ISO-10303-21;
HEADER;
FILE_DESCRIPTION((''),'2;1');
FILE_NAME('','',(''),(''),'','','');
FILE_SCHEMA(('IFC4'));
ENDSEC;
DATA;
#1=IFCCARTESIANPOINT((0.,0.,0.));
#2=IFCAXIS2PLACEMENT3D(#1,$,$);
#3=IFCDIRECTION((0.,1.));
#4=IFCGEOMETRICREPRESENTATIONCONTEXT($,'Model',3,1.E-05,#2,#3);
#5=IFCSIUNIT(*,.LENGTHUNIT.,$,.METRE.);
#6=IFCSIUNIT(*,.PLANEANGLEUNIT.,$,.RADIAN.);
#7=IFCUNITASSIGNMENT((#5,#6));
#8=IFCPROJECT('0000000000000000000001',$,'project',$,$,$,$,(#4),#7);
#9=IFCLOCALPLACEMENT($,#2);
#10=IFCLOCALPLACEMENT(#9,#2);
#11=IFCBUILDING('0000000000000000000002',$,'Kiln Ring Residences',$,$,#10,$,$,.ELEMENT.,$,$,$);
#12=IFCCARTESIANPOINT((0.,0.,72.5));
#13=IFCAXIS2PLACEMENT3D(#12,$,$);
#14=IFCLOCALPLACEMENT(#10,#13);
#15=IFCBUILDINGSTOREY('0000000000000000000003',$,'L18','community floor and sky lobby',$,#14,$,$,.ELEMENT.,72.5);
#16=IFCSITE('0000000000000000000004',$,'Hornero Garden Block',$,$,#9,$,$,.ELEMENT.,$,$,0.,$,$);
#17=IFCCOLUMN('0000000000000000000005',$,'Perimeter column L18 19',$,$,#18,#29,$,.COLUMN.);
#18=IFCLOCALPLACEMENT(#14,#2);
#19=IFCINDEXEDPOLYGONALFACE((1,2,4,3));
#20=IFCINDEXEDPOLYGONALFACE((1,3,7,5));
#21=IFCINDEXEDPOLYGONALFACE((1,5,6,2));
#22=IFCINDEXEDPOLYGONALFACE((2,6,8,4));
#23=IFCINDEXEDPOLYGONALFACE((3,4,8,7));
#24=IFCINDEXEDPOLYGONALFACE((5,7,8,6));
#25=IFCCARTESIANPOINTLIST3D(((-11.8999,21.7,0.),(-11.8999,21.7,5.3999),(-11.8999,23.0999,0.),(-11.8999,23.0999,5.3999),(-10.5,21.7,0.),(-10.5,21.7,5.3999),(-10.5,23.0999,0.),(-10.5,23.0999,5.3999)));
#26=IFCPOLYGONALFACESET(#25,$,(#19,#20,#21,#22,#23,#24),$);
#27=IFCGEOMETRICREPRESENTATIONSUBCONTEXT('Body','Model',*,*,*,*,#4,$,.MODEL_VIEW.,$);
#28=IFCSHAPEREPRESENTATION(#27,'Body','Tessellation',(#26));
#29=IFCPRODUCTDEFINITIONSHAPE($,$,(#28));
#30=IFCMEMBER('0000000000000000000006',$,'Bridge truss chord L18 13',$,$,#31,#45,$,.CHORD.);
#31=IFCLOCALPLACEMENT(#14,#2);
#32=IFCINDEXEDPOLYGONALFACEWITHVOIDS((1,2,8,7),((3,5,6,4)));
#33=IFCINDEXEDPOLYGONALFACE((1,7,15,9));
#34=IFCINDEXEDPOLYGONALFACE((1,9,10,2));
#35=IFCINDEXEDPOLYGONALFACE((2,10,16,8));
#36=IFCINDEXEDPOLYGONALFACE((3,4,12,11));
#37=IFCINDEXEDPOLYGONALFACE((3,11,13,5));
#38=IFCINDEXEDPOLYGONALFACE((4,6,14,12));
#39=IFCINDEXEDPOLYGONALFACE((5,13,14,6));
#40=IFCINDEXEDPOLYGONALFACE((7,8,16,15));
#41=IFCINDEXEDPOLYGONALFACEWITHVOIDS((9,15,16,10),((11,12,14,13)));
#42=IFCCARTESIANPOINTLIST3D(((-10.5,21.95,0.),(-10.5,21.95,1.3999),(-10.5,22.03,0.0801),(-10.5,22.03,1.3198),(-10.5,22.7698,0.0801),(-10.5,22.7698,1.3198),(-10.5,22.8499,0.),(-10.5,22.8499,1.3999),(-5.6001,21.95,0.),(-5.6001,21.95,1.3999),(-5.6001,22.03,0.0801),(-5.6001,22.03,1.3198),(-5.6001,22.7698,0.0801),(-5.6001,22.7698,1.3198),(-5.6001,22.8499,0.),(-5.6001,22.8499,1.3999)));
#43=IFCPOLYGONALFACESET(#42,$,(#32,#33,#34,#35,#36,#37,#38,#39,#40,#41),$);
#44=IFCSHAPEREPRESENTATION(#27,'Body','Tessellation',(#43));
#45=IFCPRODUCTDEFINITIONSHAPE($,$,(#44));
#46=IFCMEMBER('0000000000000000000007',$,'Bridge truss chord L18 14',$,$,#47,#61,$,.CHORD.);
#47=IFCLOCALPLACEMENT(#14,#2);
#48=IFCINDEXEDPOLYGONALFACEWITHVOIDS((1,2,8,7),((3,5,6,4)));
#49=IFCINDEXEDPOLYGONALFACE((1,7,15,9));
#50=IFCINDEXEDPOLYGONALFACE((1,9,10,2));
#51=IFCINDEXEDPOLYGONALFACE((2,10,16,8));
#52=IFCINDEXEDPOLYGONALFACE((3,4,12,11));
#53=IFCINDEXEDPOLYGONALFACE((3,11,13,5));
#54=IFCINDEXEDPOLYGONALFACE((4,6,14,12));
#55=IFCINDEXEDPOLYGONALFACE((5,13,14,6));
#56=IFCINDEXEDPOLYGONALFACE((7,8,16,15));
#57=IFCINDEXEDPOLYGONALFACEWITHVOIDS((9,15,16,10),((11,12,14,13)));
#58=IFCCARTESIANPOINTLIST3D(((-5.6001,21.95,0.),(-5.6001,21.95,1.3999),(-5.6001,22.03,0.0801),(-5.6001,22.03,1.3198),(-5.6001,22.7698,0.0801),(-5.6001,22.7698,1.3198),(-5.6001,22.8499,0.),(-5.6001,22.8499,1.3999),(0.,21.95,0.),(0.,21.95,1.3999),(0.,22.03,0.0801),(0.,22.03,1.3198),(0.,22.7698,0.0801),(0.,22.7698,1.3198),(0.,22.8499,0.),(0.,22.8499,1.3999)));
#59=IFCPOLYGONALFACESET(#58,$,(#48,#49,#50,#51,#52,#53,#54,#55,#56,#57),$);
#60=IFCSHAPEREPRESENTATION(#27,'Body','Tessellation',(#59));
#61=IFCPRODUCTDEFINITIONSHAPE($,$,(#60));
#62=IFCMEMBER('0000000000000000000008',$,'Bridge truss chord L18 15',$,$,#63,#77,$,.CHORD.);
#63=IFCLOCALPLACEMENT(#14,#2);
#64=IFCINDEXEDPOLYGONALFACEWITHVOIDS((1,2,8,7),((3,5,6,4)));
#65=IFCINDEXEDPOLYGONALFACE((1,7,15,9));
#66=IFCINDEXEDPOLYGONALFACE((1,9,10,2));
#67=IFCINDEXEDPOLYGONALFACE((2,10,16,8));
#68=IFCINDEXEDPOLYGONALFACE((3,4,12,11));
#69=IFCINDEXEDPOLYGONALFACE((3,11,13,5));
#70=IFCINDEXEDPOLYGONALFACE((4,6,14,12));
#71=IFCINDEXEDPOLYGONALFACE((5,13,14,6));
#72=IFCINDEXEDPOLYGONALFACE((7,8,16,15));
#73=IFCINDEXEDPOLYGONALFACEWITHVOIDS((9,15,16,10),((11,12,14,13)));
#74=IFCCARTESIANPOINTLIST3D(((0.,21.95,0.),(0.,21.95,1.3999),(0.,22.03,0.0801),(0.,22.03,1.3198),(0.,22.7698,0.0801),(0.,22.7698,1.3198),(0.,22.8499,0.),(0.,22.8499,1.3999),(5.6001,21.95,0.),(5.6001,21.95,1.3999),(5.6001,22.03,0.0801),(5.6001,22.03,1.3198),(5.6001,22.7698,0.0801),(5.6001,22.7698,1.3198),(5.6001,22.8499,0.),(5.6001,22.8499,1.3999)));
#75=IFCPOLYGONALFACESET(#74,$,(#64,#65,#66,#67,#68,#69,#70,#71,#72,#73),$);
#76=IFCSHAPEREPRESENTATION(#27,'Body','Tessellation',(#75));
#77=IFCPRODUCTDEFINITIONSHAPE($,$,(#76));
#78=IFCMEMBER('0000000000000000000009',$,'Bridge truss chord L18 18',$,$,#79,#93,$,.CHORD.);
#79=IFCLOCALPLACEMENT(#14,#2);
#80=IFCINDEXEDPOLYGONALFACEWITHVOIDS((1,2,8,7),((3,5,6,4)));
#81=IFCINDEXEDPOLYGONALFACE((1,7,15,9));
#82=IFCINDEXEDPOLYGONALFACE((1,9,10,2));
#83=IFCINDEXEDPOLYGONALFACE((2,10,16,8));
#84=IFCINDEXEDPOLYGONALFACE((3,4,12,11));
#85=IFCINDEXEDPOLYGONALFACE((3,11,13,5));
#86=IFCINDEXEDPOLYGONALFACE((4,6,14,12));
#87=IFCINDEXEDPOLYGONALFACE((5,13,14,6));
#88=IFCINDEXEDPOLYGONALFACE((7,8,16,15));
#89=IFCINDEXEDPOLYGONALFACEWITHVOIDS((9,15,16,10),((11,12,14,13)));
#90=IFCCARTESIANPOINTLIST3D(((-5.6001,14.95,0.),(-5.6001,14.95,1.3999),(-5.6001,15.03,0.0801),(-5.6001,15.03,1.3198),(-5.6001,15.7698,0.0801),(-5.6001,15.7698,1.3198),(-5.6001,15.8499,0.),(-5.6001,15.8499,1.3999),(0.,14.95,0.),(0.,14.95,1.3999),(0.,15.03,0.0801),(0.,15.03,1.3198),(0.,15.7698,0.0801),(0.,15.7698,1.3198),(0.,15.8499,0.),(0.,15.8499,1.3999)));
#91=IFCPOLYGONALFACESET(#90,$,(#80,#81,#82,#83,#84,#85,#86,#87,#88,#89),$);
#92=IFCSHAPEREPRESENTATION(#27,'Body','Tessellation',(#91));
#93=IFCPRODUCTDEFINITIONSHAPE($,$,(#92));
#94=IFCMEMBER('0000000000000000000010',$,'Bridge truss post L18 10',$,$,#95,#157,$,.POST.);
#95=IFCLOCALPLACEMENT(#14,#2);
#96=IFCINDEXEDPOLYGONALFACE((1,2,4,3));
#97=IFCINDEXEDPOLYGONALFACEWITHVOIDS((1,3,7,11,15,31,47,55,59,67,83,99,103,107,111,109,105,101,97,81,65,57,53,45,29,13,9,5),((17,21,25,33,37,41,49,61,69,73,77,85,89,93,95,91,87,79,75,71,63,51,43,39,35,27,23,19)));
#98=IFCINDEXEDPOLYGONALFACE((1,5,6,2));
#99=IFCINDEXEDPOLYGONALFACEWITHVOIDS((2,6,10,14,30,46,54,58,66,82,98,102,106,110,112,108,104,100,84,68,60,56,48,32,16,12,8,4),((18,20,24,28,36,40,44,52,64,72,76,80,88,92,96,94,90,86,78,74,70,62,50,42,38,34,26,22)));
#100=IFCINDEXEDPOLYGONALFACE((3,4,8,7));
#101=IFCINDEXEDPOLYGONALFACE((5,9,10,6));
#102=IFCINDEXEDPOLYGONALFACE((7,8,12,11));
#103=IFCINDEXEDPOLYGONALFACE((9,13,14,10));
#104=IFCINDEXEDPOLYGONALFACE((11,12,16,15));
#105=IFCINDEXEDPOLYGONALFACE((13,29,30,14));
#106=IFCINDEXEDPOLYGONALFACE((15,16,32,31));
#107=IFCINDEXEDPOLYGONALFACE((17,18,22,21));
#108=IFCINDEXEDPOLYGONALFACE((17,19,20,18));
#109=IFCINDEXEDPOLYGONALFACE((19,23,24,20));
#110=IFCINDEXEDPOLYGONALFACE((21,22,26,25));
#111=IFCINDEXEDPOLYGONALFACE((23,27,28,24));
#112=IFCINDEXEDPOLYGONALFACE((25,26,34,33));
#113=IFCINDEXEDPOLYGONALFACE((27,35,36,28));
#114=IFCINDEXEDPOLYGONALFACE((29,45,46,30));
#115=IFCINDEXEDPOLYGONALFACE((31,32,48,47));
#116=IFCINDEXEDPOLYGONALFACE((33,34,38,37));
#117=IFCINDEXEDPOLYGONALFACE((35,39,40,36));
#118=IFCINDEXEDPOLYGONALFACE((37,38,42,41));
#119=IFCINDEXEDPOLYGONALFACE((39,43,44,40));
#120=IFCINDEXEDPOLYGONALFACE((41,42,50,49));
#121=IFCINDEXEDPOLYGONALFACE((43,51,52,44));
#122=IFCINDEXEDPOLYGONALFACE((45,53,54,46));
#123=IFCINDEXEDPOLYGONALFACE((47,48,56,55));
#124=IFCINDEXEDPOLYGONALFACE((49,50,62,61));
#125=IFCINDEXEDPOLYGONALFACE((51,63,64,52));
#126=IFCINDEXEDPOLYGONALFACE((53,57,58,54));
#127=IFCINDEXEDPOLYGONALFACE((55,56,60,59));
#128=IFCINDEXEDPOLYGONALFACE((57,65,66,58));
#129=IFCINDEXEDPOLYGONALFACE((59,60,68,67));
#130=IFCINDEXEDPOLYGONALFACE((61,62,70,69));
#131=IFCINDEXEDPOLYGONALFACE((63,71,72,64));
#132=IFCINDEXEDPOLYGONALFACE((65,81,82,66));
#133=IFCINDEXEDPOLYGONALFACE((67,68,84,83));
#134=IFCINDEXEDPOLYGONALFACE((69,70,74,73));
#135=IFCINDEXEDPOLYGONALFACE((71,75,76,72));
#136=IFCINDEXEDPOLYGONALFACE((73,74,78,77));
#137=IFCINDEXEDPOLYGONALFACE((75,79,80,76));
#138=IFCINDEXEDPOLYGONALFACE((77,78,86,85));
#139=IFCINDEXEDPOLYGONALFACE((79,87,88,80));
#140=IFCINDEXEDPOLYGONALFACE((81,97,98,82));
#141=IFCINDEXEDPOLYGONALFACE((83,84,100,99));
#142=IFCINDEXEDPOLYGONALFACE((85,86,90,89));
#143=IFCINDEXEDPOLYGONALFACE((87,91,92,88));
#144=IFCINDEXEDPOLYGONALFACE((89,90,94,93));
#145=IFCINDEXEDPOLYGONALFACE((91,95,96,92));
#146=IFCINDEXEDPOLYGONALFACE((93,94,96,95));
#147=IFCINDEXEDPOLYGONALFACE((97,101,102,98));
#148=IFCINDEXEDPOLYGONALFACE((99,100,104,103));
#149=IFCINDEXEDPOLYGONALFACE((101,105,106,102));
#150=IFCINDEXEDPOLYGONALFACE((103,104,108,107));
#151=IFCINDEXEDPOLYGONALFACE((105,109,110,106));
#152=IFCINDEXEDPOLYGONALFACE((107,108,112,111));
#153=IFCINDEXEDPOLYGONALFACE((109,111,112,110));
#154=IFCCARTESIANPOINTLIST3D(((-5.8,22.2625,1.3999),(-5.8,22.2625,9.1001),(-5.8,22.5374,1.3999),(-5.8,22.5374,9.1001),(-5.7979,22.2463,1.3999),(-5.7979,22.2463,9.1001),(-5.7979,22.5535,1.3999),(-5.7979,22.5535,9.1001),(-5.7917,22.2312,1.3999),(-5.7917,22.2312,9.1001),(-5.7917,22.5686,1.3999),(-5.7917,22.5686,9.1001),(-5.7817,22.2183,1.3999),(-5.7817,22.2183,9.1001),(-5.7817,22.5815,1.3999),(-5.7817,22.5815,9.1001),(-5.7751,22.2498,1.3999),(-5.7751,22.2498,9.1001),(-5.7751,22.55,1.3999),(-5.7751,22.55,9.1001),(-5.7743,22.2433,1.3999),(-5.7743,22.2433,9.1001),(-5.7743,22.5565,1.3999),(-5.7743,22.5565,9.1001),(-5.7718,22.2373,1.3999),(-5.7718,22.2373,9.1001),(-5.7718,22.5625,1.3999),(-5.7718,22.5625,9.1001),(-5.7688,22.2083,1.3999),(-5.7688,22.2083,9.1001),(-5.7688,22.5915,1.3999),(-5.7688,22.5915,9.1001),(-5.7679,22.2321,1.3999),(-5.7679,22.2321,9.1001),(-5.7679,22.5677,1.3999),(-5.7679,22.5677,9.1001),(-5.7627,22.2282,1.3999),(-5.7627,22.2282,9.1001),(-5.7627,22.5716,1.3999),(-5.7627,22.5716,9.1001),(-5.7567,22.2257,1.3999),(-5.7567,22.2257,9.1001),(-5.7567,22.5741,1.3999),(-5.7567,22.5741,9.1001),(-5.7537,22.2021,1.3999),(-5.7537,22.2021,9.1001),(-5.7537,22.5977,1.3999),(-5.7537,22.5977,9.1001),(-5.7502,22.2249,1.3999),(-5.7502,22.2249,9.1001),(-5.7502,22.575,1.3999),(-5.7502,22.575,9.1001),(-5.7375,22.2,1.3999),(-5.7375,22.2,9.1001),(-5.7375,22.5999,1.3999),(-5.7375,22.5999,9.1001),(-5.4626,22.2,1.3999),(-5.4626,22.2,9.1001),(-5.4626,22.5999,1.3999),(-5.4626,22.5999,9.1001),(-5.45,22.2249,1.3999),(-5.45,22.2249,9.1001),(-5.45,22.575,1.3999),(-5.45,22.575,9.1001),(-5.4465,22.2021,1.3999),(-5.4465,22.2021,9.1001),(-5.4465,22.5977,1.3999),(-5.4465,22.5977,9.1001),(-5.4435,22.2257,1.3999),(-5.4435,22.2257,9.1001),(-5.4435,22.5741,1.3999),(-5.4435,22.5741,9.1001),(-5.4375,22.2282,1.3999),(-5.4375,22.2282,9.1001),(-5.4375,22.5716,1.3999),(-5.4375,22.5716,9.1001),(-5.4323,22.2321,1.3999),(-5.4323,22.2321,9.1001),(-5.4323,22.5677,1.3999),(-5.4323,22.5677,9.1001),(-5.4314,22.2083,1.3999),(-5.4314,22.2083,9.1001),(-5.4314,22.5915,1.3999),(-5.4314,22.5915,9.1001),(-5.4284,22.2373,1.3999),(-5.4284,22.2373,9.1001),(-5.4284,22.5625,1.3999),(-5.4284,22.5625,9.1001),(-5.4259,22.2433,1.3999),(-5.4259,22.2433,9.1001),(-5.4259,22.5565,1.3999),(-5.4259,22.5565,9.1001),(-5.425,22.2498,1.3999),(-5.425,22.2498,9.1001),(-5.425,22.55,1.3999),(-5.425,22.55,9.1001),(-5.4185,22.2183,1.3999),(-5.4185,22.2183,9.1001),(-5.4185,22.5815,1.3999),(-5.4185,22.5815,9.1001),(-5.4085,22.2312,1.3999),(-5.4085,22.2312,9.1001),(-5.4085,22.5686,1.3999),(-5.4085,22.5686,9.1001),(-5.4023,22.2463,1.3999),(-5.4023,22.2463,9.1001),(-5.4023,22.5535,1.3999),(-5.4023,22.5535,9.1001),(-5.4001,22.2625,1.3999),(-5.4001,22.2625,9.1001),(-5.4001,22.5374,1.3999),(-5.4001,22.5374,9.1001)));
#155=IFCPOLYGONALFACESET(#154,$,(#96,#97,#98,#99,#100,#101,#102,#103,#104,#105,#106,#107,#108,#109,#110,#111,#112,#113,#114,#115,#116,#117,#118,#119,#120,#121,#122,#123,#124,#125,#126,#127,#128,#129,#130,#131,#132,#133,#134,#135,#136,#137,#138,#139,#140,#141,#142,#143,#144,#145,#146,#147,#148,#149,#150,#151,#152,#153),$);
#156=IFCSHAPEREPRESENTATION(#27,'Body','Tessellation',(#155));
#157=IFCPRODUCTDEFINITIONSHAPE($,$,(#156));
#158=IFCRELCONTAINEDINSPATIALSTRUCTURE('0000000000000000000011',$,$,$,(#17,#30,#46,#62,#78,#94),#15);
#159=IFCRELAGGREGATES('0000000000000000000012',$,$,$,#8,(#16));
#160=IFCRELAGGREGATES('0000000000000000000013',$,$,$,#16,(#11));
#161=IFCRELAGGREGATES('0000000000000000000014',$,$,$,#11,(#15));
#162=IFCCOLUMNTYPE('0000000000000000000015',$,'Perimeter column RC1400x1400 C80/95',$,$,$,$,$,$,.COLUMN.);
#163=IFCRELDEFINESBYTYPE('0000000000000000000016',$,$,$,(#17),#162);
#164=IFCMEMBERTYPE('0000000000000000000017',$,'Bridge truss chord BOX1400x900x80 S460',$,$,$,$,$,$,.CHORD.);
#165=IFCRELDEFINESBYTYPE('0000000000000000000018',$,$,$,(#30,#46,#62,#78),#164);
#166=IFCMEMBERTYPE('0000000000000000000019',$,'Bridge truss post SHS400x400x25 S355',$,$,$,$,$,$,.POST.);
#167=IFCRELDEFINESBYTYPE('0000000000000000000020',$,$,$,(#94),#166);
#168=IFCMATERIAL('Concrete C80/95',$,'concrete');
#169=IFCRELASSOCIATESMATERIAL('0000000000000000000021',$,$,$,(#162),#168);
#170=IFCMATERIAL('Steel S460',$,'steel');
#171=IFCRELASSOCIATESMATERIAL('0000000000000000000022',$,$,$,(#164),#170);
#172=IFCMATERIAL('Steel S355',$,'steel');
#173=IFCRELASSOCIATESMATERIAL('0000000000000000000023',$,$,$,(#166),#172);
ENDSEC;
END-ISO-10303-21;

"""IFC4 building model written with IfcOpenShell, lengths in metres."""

from ifc_helpers import new_model, si_unit, direction, frame, origin, origin_2d, place, context, subcontext, project, spatial, rectangle, hollow_rectangle, extrude, material, material_profile, profile_set, type_object, element, save


model = new_model("IFC4")

# Units and contexts
model_context = context("Model", 3, precision=1e-05, world=origin(), true_north=direction((0.0, 1.0)))
body_context = subcontext(model_context, "Body", "Model", "MODEL_VIEW")
ifc_project = project(units=[si_unit("LENGTHUNIT", "METRE"), si_unit("PLANEANGLEUNIT", "RADIAN")], contexts=[model_context])

# Site, building, storey
site_placement = place(None, origin())
site = spatial("IfcSite", under=ifc_project, at=site_placement, Name="Hornero Garden Block", CompositionType="ELEMENT", RefElevation=0.0)
building_placement = place(site_placement, origin())
building = spatial("IfcBuilding", under=site, at=building_placement, Name="Kiln Ring Residences", CompositionType="ELEMENT")
storey_placement = place(building_placement, frame((0.0, 0.0, 72.5)))
storey = spatial("IfcBuildingStorey", under=building, at=storey_placement, Name="L18", Description="community floor and sky lobby", CompositionType="ELEMENT", Elevation=72.5)

# Column
ifc_material_1 = material(Name="Concrete C80/95", Category="concrete")
ifc_material_profile_1 = material_profile(ifc_material_1, rectangle(XDim=1.3999, YDim=1.3999, at=origin_2d()), Name="RC1400x1400")
ifc_profile_set_1 = profile_set([ifc_material_profile_1], Name="Concrete C80/95")
column_type = type_object("IfcColumnType", Name="Perimeter column RC1400x1400 C80/95", PredefinedType="COLUMN", material=ifc_profile_set_1)
column_placement = place(storey_placement, frame((-11.2, 22.3999, 0.0), z_axis=(0.0, 0.0, 1.0), x_axis=(1.0, 0.0, 0.0)))
element("IfcColumn", 1, at=column_placement, inside=storey, type_object=column_type, Name="Perimeter column L18 19", PredefinedType="COLUMN", context=body_context, shape_type="SweptSolid", body=[
    extrude(rectangle(XDim=1.3999, YDim=1.3999, at=origin_2d()), origin(), (0.0, 0.0, 1.0), 5.3999),
])

# Members
ifc_material_2 = material(Name="Steel S460", Category="steel")
ifc_material_profile_2 = material_profile(ifc_material_2, hollow_rectangle(XDim=0.8999, YDim=1.3999, WallThickness=0.0801, at=origin_2d()), Name="BOX1400x900x80")
ifc_profile_set_2 = profile_set([ifc_material_profile_2], Name="Steel S460")
member_type_1 = type_object("IfcMemberType", Name="Bridge truss chord BOX1400x900x80 S460", PredefinedType="CHORD", material=ifc_profile_set_2)
member_1_placement = place(storey_placement, frame((-10.5, 22.3999, 0.7), z_axis=(1.0, 0.0, 0.0), x_axis=(0.0, 1.0, 0.0)))
element("IfcMember", 2, at=member_1_placement, inside=storey, type_object=member_type_1, Name="Bridge truss chord L18 13", PredefinedType="CHORD", context=body_context, shape_type="SweptSolid", body=[
    extrude(hollow_rectangle(XDim=0.8999, YDim=1.3999, WallThickness=0.0801, at=origin_2d()), origin(), (0.0, 0.0, 1.0), 4.8999),
])
for number, where, z_axis, x_axis, name in (
    (3, (-5.6001, 22.3999, 0.7), (1.0, 0.0, 0.0), (0.0, 1.0, 0.0), "Bridge truss chord L18 14"),
    (4, (0.0, 22.3999, 0.7), (1.0, 0.0, 0.0), (0.0, 1.0, 0.0), "Bridge truss chord L18 15"),
    (5, (-5.6001, 15.3999, 0.7), (1.0, 0.0, 0.0), (0.0, 1.0, 0.0), "Bridge truss chord L18 18"),
):
    element("IfcMember", number, at=place(storey_placement, frame(where, z_axis=z_axis, x_axis=x_axis)), inside=storey, type_object=member_type_1, Name=name, PredefinedType="CHORD", context=body_context, shape_type="SweptSolid", body=[
        extrude(hollow_rectangle(XDim=0.8999, YDim=1.3999, WallThickness=0.0801, at=origin_2d()), origin(), (0.0, 0.0, 1.0), 5.6001),
    ])
ifc_material_3 = material(Name="Steel S355", Category="steel")
ifc_material_profile_3 = material_profile(ifc_material_3, hollow_rectangle(XDim=0.3999, YDim=0.3999, WallThickness=0.0249, InnerFilletRadius=0.0249, OuterFilletRadius=0.0625, at=origin_2d()), Name="SHS400x400x25")
ifc_profile_set_3 = profile_set([ifc_material_profile_3], Name="Steel S355")
member_type_2 = type_object("IfcMemberType", Name="Bridge truss post SHS400x400x25 S355", PredefinedType="POST", material=ifc_profile_set_3)
for number, where, z_axis, x_axis, name in (
    (6, (-5.6001, 22.3999, 1.3999), (0.0, 0.0, 1.0), (1.0, 0.0, 0.0), "Bridge truss post L18 10"),
):
    element("IfcMember", number, at=place(storey_placement, frame(where, z_axis=z_axis, x_axis=x_axis)), inside=storey, type_object=member_type_2, Name=name, PredefinedType="POST", context=body_context, shape_type="SweptSolid", body=[
        extrude(hollow_rectangle(XDim=0.3999, YDim=0.3999, WallThickness=0.0249, InnerFilletRadius=0.0249, OuterFilletRadius=0.0625, at=origin_2d()), origin(), (0.0, 0.0, 1.0), 7.7002),
    ])

save(model, "model.ifc")
